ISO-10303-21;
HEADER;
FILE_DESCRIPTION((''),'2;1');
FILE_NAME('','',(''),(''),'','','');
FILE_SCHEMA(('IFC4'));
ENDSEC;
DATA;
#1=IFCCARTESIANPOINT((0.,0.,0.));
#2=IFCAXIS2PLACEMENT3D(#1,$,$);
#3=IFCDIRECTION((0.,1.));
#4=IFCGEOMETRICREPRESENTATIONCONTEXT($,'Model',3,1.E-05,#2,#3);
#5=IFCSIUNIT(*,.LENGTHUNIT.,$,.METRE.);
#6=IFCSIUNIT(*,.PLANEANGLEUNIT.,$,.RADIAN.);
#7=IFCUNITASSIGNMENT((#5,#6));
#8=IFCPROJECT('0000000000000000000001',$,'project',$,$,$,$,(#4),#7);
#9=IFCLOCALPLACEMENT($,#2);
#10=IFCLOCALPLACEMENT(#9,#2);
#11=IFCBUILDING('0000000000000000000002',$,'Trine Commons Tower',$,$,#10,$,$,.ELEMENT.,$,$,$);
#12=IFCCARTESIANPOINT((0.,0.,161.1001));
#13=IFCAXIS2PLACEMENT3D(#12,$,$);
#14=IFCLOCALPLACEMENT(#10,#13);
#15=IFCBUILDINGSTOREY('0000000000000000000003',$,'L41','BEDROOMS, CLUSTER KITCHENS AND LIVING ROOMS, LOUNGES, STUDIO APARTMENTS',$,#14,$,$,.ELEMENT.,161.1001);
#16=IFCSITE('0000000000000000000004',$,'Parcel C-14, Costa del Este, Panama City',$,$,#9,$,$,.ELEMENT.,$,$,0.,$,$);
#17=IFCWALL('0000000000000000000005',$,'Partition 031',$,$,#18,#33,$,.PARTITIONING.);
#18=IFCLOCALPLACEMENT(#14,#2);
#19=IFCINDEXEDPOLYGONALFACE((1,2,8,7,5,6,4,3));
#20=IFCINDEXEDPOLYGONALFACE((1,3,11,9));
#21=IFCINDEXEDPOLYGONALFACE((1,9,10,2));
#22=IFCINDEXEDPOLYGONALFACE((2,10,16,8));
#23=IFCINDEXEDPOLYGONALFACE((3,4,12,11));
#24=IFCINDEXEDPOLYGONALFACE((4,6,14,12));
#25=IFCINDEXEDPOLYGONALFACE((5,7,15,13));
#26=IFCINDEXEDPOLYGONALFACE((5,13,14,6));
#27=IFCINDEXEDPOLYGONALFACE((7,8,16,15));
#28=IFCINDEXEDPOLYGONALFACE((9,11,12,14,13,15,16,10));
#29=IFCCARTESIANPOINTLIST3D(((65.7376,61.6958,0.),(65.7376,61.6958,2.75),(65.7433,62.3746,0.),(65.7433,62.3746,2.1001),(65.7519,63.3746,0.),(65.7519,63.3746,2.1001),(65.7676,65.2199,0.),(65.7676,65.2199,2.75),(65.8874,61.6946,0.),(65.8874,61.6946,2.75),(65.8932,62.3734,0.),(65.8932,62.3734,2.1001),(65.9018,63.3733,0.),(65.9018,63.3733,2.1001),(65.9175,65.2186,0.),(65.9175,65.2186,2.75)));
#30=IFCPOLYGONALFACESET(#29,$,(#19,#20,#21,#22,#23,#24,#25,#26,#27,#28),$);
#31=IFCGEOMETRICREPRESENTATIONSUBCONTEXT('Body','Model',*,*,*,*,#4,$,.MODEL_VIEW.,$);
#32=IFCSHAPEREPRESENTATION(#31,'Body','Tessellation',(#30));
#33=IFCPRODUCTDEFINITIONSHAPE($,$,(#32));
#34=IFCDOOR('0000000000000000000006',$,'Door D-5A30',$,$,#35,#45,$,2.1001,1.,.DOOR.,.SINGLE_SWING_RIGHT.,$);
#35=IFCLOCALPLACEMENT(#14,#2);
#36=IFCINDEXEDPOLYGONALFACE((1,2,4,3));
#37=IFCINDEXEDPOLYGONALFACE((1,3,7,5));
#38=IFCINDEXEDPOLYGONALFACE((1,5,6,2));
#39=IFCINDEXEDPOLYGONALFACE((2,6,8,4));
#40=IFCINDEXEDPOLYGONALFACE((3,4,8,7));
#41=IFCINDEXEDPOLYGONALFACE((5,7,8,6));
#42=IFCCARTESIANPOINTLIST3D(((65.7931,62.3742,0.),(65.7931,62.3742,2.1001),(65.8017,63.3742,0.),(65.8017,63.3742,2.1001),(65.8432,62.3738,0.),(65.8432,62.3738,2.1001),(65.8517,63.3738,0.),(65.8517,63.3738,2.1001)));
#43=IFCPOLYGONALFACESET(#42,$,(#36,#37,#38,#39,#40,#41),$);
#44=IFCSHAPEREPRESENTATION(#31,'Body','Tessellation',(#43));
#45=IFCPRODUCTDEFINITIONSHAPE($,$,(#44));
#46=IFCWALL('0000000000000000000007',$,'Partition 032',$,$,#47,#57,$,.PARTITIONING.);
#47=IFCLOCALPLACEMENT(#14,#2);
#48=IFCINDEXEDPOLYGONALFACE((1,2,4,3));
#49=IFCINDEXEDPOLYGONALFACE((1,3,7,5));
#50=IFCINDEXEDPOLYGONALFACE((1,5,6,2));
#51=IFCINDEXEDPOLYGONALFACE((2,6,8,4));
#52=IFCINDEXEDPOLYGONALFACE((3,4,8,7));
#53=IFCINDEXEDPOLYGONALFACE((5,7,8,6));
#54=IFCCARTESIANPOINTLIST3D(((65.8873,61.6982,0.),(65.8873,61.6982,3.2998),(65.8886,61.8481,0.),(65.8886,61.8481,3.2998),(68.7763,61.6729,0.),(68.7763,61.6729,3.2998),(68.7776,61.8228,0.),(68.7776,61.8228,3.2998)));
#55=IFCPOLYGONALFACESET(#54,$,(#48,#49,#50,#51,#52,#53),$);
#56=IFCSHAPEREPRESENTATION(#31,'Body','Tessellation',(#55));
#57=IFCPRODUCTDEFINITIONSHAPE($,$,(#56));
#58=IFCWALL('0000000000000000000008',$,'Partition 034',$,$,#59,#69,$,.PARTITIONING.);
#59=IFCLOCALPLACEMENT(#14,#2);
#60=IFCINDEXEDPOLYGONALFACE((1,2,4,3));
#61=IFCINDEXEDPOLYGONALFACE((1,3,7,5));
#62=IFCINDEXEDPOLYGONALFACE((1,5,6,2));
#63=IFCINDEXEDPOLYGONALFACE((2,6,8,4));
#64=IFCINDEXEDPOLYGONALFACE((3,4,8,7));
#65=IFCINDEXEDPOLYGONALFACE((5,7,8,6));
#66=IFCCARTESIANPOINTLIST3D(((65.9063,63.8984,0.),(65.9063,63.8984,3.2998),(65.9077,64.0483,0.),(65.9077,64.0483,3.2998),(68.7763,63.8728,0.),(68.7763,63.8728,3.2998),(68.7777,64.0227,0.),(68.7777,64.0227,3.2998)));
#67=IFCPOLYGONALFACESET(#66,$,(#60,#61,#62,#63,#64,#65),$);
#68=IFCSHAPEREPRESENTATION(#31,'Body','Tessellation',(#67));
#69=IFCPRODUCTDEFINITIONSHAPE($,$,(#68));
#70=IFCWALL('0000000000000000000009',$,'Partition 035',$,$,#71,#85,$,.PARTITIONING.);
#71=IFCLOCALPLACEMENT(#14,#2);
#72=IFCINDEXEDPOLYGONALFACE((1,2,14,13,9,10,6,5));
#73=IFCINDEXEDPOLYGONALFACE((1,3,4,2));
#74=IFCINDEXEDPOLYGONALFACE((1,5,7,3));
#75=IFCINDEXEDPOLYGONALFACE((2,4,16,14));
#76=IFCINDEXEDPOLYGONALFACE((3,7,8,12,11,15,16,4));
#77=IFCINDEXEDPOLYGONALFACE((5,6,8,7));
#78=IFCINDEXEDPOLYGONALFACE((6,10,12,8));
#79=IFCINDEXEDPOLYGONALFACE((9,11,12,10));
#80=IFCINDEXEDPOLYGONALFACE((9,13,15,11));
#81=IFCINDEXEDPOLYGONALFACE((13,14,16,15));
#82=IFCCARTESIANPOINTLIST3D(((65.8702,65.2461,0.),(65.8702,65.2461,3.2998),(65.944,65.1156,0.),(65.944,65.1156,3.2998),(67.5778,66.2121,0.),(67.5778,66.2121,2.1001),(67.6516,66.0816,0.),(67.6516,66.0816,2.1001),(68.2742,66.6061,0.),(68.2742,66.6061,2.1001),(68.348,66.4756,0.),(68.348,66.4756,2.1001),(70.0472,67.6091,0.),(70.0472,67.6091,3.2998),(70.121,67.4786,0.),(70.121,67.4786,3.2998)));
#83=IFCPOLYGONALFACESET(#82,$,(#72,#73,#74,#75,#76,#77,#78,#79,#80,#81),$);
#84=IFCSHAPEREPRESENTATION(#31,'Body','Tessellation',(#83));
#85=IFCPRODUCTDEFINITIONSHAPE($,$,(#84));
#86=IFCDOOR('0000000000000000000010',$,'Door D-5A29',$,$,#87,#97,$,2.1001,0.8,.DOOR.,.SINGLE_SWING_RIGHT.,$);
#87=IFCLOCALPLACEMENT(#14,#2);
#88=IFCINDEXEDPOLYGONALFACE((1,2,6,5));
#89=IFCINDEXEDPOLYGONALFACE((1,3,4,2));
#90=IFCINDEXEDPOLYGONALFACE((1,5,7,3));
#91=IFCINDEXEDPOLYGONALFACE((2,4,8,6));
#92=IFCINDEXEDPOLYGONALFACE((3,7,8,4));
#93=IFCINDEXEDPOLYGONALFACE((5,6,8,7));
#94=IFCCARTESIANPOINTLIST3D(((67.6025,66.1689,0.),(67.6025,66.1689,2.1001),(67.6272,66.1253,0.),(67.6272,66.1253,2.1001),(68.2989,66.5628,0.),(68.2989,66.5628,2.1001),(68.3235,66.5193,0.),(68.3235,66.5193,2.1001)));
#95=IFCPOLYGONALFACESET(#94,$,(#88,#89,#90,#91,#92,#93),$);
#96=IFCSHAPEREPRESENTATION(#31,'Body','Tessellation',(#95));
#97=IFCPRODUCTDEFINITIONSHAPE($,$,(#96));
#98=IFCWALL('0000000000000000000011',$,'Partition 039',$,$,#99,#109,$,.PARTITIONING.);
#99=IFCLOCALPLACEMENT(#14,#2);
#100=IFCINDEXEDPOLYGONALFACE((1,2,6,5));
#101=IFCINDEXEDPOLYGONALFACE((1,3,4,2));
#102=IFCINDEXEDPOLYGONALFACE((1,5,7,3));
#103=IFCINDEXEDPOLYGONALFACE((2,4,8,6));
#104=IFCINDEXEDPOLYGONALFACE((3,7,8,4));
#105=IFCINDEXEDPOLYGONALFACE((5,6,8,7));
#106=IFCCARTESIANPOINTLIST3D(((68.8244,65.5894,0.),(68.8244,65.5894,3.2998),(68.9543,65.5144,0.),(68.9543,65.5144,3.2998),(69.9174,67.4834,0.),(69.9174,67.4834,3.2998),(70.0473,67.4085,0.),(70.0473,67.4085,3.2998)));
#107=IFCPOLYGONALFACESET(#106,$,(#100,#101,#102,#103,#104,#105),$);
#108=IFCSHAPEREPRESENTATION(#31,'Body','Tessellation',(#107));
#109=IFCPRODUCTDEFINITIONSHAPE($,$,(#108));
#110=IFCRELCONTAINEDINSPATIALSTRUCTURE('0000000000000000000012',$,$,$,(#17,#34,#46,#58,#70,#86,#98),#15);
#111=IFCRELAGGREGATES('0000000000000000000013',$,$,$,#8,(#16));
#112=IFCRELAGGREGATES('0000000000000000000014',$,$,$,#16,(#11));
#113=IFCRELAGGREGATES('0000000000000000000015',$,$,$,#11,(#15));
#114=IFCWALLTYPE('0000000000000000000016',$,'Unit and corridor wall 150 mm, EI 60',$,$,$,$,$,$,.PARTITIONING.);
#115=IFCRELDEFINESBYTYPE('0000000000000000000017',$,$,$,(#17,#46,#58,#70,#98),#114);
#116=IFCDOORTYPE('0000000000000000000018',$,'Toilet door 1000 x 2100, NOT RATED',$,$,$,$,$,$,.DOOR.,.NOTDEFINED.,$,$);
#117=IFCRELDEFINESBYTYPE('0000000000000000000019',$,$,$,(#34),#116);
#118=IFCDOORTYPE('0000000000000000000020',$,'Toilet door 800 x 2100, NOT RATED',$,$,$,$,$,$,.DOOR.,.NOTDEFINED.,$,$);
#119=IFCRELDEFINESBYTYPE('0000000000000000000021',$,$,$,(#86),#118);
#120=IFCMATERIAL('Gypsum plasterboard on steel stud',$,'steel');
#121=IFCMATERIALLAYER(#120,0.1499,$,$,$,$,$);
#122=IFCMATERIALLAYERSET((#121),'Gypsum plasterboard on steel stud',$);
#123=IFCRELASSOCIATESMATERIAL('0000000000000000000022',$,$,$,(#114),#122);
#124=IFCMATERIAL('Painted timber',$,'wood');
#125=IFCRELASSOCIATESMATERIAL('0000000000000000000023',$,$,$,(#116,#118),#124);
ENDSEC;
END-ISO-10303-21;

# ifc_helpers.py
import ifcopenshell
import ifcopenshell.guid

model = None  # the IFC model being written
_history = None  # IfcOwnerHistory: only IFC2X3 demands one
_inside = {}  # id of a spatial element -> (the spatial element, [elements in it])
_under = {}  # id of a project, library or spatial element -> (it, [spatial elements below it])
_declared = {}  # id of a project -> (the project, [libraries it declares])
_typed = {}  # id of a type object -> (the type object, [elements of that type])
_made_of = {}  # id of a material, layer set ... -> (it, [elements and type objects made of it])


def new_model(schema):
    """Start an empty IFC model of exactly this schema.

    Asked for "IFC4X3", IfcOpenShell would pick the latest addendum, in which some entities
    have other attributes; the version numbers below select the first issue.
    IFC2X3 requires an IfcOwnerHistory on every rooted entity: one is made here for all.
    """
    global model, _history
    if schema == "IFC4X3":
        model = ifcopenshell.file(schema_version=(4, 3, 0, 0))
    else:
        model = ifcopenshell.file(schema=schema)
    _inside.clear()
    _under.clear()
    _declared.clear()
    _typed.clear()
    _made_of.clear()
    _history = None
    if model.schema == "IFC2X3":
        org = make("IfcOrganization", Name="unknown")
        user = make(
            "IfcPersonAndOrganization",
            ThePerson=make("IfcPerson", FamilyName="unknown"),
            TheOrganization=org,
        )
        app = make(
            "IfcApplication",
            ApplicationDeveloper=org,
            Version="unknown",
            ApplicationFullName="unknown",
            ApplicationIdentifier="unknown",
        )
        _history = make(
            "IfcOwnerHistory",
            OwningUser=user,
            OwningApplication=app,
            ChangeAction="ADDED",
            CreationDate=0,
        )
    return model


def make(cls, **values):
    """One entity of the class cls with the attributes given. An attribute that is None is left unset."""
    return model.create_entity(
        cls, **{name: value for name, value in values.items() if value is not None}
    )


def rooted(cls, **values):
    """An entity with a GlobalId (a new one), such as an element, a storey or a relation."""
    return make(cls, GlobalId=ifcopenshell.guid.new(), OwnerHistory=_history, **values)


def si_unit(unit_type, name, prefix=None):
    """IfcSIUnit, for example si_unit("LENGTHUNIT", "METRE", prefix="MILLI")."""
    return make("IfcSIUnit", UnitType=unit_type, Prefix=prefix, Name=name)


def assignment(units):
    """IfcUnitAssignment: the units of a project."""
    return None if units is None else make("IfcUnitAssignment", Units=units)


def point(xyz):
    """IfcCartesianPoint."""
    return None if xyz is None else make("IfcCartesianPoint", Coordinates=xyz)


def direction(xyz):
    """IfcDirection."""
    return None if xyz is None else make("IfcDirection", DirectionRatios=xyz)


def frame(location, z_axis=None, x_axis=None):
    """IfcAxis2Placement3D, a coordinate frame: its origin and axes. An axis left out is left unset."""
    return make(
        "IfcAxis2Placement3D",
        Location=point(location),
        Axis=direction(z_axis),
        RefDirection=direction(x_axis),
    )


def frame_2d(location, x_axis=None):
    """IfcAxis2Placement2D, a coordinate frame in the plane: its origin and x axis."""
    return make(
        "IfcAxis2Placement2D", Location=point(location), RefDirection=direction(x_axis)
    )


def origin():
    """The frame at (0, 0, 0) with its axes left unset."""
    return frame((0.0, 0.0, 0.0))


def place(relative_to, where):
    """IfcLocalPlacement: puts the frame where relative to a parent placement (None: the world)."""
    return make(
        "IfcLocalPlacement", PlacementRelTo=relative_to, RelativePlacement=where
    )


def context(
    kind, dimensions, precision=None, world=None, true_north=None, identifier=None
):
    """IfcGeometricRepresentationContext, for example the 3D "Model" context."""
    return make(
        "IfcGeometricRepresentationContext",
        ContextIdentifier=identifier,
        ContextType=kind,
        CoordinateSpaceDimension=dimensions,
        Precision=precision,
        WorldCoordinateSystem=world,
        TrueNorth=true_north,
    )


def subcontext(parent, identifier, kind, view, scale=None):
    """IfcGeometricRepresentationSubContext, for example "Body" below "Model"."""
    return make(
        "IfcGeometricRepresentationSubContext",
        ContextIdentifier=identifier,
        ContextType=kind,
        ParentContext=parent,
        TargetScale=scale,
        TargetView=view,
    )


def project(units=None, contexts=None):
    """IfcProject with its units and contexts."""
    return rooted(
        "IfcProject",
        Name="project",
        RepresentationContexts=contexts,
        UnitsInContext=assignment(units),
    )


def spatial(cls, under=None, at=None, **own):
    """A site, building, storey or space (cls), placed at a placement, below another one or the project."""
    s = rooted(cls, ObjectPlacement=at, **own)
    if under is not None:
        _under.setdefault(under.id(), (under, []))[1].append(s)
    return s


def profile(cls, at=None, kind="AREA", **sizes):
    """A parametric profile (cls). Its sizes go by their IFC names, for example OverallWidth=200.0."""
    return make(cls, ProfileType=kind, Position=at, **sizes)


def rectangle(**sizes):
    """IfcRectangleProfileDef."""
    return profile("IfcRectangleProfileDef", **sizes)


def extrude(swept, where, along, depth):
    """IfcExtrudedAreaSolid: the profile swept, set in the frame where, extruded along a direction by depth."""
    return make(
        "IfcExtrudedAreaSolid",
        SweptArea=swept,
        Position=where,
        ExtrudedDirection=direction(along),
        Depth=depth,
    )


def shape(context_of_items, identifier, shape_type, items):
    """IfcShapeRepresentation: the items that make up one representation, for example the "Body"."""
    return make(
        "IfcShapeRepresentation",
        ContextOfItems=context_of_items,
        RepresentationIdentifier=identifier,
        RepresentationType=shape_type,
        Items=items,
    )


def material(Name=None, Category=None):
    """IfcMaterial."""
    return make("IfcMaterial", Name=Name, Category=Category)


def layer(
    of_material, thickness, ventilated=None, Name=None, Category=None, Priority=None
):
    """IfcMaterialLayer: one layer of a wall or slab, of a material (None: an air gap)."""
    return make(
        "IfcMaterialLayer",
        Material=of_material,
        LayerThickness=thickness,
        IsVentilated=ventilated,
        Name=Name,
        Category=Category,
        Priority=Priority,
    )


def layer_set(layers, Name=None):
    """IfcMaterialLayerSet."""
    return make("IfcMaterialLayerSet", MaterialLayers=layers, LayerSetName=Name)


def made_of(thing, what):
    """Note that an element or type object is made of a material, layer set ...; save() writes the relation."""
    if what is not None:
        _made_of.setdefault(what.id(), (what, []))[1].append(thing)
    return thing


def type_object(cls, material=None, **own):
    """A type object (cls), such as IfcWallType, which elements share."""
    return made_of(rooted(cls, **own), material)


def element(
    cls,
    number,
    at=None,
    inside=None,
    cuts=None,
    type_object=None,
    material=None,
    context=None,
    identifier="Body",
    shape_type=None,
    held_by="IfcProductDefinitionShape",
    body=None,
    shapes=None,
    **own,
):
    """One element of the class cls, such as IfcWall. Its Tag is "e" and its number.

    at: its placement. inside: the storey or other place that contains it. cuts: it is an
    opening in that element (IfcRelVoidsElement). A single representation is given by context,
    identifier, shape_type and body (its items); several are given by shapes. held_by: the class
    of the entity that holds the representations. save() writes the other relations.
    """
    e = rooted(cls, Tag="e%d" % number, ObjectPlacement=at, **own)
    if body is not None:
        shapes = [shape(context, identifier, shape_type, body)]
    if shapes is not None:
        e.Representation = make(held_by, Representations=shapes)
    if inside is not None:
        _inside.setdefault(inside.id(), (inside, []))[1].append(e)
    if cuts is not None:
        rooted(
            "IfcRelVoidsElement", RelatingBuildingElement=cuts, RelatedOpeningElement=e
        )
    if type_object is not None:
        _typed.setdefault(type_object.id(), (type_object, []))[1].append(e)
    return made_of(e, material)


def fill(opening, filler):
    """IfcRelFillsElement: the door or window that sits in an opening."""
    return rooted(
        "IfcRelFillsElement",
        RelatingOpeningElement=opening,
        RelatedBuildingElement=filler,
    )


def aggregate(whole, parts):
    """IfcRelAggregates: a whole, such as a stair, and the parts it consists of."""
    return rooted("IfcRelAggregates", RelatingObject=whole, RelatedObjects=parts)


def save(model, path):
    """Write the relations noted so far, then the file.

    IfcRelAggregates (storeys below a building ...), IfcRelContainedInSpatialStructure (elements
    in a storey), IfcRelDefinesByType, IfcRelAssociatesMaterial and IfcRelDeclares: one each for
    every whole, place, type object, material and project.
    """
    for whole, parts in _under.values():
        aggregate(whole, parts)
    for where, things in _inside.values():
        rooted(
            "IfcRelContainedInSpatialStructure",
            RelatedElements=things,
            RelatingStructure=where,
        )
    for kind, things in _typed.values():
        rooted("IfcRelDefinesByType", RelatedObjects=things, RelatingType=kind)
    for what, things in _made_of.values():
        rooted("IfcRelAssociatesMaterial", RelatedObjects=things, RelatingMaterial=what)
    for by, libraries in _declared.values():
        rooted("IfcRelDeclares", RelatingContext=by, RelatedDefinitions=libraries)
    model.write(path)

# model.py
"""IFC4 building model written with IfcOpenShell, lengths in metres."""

from ifc_helpers import new_model, si_unit, direction, frame, frame_2d, origin, place, context, subcontext, project, spatial, rectangle, extrude, material, layer, layer_set, type_object, element, fill, save


model = new_model("IFC4")

# Units and contexts
model_context = context("Model", 3, precision=1e-05, world=origin(), true_north=direction((0.0, 1.0)))
body_context = subcontext(model_context, "Body", "Model", "MODEL_VIEW")
ifc_project = project(units=[si_unit("LENGTHUNIT", "METRE"), si_unit("PLANEANGLEUNIT", "RADIAN")], contexts=[model_context])

# Site, building, storey
site_placement = place(None, origin())
site = spatial("IfcSite", under=ifc_project, at=site_placement, Name="Parcel C-14, Costa del Este, Panama City", CompositionType="ELEMENT", RefElevation=0.0)
building_placement = place(site_placement, origin())
building = spatial("IfcBuilding", under=site, at=building_placement, Name="Trine Commons Tower", CompositionType="ELEMENT")
storey_placement = place(building_placement, frame((0.0, 0.0, 161.1001)))
storey = spatial("IfcBuildingStorey", under=building, at=storey_placement, Name="L41", Description="BEDROOMS, CLUSTER KITCHENS AND LIVING ROOMS, LOUNGES, STUDIO APARTMENTS", CompositionType="ELEMENT", Elevation=161.1001)

# Shared definitions
ifc_material_1 = material(Name="Gypsum plasterboard on steel stud", Category="steel")
ifc_layer_1 = layer(ifc_material_1, 0.1499)
ifc_layer_set_1 = layer_set([ifc_layer_1], Name="Gypsum plasterboard on steel stud")
wall_type_1 = type_object("IfcWallType", Name="Unit and corridor wall 150 mm, EI 60", PredefinedType="PARTITIONING", material=ifc_layer_set_1)

# Wall, opening, door
wall_1_placement = place(storey_placement, frame((65.8125, 61.6951, 0.0), z_axis=(0.0, 0.0, 1.0), x_axis=(0.008521, 0.999964, 0.0)))
wall_1 = element("IfcWall", 1, at=wall_1_placement, inside=storey, type_object=wall_type_1, Name="Partition 031", PredefinedType="PARTITIONING", context=body_context, shape_type="SweptSolid", body=[
    extrude(rectangle(XDim=3.5242, YDim=0.1499, at=frame_2d((1.7622, 0.0))), origin(), (0.0, 0.0, 1.0), 2.75),
])
opening_1_placement = place(wall_1_placement, frame((0.679, 0.0, 0.0)))
opening_1 = element("IfcOpeningElement", 2, at=opening_1_placement, cuts=wall_1, PredefinedType="OPENING", context=body_context, shape_type="SweptSolid", body=[
    extrude(rectangle(XDim=1.0, YDim=2.1001, at=frame_2d((0.5, 1.05))), frame((0.0, 0.085, 0.0), z_axis=(0.0, -1.0, 0.0), x_axis=(1.0, 0.0, 0.0)), (0.0, 0.0, 1.0), 0.1699),
])
ifc_material_2 = material(Name="Painted timber", Category="wood")
door_type_1 = type_object("IfcDoorType", Name="Toilet door 1000 x 2100, NOT RATED", OperationType="NOTDEFINED", PredefinedType="DOOR", material=ifc_material_2)
door_1_placement = place(opening_1_placement, frame((1.0, 0.0, 0.0), z_axis=(0.0, 0.0, 1.0), x_axis=(-1.0, 0.0, 0.0)))
door_1 = element("IfcDoor", 3, at=door_1_placement, inside=storey, type_object=door_type_1, Name="Door D-5A30", OperationType="SINGLE_SWING_RIGHT", OverallHeight=2.1001, OverallWidth=1.0, PredefinedType="DOOR", context=body_context, shape_type="SweptSolid", body=[
    extrude(rectangle(XDim=1.0, YDim=2.1001, at=frame_2d((0.5, 1.05))), frame((0.0, 0.0249, 0.0), z_axis=(0.0, -1.0, 0.0), x_axis=(1.0, 0.0, 0.0)), (0.0, 0.0, 1.0), 0.05),
])
fill(opening_1, door_1)

# Walls
wall_2_placement = place(storey_placement, frame((65.8879, 61.7732, 0.0), z_axis=(0.0, 0.0, 1.0), x_axis=(0.999961, -0.008788, 0.0)))
element("IfcWall", 4, at=wall_2_placement, inside=storey, type_object=wall_type_1, Name="Partition 032", PredefinedType="PARTITIONING", context=body_context, shape_type="SweptSolid", body=[
    extrude(rectangle(XDim=2.8892, YDim=0.1499, at=frame_2d((1.4446, 0.0))), origin(), (0.0, 0.0, 1.0), 3.2998),
])
wall_3_placement = place(storey_placement, frame((65.907, 63.9734, 0.0), z_axis=(0.0, 0.0, 1.0), x_axis=(0.99996, -0.008931, 0.0)))
element("IfcWall", 5, at=wall_3_placement, inside=storey, type_object=wall_type_1, Name="Partition 034", PredefinedType="PARTITIONING", context=body_context, shape_type="SweptSolid", body=[
    extrude(rectangle(XDim=2.8701, YDim=0.1499, at=frame_2d((1.4351, 0.0))), origin(), (0.0, 0.0, 1.0), 3.2998),
])

# Wall, opening, door
wall_4_placement = place(storey_placement, frame((65.9072, 65.1809, 0.0), z_axis=(0.0, 0.0, 1.0), x_axis=(0.870373, 0.492392, 0.0)))
wall_4 = element("IfcWall", 6, at=wall_4_placement, inside=storey, type_object=wall_type_1, Name="Partition 035", PredefinedType="PARTITIONING", context=body_context, shape_type="SweptSolid", body=[
    extrude(rectangle(XDim=4.7991, YDim=0.1499, at=frame_2d((2.3994, 0.0))), origin(), (0.0, 0.0, 1.0), 3.2998),
])
opening_2_placement = place(wall_4_placement, frame((1.9619, 0.0, 0.0)))
opening_2 = element("IfcOpeningElement", 7, at=opening_2_placement, cuts=wall_4, PredefinedType="OPENING", context=body_context, shape_type="SweptSolid", body=[
    extrude(rectangle(XDim=0.8, YDim=2.1001, at=frame_2d((0.3999, 1.05))), frame((0.0, 0.085, 0.0), z_axis=(0.0, -1.0, 0.0), x_axis=(1.0, 0.0, 0.0)), (0.0, 0.0, 1.0), 0.1699),
])
door_type_2 = type_object("IfcDoorType", Name="Toilet door 800 x 2100, NOT RATED", OperationType="NOTDEFINED", PredefinedType="DOOR", material=ifc_material_2)
door_2_placement = place(opening_2_placement, frame((0.8, 0.0, 0.0), z_axis=(0.0, 0.0, 1.0), x_axis=(-1.0, 0.0, 0.0)))
door_2 = element("IfcDoor", 8, at=door_2_placement, inside=storey, type_object=door_type_2, Name="Door D-5A29", OperationType="SINGLE_SWING_RIGHT", OverallHeight=2.1001, OverallWidth=0.8, PredefinedType="DOOR", context=body_context, shape_type="SweptSolid", body=[
    extrude(rectangle(XDim=0.8, YDim=2.1001, at=frame_2d((0.3999, 1.05))), frame((0.0, 0.0249, 0.0), z_axis=(0.0, -1.0, 0.0), x_axis=(1.0, 0.0, 0.0)), (0.0, 0.0, 1.0), 0.05),
])
fill(opening_2, door_2)

# Wall
wall_5_placement = place(storey_placement, frame((68.8894, 65.552, 0.0), z_axis=(0.0, 0.0, 1.0), x_axis=(0.499826, 0.866126, 0.0)))
element("IfcWall", 9, at=wall_5_placement, inside=storey, type_object=wall_type_1, Name="Partition 039", PredefinedType="PARTITIONING", context=body_context, shape_type="SweptSolid", body=[
    extrude(rectangle(XDim=2.1868, YDim=0.1499, at=frame_2d((1.0933, 0.0))), origin(), (0.0, 0.0, 1.0), 3.2998),
])

save(model, "model.ifc")
